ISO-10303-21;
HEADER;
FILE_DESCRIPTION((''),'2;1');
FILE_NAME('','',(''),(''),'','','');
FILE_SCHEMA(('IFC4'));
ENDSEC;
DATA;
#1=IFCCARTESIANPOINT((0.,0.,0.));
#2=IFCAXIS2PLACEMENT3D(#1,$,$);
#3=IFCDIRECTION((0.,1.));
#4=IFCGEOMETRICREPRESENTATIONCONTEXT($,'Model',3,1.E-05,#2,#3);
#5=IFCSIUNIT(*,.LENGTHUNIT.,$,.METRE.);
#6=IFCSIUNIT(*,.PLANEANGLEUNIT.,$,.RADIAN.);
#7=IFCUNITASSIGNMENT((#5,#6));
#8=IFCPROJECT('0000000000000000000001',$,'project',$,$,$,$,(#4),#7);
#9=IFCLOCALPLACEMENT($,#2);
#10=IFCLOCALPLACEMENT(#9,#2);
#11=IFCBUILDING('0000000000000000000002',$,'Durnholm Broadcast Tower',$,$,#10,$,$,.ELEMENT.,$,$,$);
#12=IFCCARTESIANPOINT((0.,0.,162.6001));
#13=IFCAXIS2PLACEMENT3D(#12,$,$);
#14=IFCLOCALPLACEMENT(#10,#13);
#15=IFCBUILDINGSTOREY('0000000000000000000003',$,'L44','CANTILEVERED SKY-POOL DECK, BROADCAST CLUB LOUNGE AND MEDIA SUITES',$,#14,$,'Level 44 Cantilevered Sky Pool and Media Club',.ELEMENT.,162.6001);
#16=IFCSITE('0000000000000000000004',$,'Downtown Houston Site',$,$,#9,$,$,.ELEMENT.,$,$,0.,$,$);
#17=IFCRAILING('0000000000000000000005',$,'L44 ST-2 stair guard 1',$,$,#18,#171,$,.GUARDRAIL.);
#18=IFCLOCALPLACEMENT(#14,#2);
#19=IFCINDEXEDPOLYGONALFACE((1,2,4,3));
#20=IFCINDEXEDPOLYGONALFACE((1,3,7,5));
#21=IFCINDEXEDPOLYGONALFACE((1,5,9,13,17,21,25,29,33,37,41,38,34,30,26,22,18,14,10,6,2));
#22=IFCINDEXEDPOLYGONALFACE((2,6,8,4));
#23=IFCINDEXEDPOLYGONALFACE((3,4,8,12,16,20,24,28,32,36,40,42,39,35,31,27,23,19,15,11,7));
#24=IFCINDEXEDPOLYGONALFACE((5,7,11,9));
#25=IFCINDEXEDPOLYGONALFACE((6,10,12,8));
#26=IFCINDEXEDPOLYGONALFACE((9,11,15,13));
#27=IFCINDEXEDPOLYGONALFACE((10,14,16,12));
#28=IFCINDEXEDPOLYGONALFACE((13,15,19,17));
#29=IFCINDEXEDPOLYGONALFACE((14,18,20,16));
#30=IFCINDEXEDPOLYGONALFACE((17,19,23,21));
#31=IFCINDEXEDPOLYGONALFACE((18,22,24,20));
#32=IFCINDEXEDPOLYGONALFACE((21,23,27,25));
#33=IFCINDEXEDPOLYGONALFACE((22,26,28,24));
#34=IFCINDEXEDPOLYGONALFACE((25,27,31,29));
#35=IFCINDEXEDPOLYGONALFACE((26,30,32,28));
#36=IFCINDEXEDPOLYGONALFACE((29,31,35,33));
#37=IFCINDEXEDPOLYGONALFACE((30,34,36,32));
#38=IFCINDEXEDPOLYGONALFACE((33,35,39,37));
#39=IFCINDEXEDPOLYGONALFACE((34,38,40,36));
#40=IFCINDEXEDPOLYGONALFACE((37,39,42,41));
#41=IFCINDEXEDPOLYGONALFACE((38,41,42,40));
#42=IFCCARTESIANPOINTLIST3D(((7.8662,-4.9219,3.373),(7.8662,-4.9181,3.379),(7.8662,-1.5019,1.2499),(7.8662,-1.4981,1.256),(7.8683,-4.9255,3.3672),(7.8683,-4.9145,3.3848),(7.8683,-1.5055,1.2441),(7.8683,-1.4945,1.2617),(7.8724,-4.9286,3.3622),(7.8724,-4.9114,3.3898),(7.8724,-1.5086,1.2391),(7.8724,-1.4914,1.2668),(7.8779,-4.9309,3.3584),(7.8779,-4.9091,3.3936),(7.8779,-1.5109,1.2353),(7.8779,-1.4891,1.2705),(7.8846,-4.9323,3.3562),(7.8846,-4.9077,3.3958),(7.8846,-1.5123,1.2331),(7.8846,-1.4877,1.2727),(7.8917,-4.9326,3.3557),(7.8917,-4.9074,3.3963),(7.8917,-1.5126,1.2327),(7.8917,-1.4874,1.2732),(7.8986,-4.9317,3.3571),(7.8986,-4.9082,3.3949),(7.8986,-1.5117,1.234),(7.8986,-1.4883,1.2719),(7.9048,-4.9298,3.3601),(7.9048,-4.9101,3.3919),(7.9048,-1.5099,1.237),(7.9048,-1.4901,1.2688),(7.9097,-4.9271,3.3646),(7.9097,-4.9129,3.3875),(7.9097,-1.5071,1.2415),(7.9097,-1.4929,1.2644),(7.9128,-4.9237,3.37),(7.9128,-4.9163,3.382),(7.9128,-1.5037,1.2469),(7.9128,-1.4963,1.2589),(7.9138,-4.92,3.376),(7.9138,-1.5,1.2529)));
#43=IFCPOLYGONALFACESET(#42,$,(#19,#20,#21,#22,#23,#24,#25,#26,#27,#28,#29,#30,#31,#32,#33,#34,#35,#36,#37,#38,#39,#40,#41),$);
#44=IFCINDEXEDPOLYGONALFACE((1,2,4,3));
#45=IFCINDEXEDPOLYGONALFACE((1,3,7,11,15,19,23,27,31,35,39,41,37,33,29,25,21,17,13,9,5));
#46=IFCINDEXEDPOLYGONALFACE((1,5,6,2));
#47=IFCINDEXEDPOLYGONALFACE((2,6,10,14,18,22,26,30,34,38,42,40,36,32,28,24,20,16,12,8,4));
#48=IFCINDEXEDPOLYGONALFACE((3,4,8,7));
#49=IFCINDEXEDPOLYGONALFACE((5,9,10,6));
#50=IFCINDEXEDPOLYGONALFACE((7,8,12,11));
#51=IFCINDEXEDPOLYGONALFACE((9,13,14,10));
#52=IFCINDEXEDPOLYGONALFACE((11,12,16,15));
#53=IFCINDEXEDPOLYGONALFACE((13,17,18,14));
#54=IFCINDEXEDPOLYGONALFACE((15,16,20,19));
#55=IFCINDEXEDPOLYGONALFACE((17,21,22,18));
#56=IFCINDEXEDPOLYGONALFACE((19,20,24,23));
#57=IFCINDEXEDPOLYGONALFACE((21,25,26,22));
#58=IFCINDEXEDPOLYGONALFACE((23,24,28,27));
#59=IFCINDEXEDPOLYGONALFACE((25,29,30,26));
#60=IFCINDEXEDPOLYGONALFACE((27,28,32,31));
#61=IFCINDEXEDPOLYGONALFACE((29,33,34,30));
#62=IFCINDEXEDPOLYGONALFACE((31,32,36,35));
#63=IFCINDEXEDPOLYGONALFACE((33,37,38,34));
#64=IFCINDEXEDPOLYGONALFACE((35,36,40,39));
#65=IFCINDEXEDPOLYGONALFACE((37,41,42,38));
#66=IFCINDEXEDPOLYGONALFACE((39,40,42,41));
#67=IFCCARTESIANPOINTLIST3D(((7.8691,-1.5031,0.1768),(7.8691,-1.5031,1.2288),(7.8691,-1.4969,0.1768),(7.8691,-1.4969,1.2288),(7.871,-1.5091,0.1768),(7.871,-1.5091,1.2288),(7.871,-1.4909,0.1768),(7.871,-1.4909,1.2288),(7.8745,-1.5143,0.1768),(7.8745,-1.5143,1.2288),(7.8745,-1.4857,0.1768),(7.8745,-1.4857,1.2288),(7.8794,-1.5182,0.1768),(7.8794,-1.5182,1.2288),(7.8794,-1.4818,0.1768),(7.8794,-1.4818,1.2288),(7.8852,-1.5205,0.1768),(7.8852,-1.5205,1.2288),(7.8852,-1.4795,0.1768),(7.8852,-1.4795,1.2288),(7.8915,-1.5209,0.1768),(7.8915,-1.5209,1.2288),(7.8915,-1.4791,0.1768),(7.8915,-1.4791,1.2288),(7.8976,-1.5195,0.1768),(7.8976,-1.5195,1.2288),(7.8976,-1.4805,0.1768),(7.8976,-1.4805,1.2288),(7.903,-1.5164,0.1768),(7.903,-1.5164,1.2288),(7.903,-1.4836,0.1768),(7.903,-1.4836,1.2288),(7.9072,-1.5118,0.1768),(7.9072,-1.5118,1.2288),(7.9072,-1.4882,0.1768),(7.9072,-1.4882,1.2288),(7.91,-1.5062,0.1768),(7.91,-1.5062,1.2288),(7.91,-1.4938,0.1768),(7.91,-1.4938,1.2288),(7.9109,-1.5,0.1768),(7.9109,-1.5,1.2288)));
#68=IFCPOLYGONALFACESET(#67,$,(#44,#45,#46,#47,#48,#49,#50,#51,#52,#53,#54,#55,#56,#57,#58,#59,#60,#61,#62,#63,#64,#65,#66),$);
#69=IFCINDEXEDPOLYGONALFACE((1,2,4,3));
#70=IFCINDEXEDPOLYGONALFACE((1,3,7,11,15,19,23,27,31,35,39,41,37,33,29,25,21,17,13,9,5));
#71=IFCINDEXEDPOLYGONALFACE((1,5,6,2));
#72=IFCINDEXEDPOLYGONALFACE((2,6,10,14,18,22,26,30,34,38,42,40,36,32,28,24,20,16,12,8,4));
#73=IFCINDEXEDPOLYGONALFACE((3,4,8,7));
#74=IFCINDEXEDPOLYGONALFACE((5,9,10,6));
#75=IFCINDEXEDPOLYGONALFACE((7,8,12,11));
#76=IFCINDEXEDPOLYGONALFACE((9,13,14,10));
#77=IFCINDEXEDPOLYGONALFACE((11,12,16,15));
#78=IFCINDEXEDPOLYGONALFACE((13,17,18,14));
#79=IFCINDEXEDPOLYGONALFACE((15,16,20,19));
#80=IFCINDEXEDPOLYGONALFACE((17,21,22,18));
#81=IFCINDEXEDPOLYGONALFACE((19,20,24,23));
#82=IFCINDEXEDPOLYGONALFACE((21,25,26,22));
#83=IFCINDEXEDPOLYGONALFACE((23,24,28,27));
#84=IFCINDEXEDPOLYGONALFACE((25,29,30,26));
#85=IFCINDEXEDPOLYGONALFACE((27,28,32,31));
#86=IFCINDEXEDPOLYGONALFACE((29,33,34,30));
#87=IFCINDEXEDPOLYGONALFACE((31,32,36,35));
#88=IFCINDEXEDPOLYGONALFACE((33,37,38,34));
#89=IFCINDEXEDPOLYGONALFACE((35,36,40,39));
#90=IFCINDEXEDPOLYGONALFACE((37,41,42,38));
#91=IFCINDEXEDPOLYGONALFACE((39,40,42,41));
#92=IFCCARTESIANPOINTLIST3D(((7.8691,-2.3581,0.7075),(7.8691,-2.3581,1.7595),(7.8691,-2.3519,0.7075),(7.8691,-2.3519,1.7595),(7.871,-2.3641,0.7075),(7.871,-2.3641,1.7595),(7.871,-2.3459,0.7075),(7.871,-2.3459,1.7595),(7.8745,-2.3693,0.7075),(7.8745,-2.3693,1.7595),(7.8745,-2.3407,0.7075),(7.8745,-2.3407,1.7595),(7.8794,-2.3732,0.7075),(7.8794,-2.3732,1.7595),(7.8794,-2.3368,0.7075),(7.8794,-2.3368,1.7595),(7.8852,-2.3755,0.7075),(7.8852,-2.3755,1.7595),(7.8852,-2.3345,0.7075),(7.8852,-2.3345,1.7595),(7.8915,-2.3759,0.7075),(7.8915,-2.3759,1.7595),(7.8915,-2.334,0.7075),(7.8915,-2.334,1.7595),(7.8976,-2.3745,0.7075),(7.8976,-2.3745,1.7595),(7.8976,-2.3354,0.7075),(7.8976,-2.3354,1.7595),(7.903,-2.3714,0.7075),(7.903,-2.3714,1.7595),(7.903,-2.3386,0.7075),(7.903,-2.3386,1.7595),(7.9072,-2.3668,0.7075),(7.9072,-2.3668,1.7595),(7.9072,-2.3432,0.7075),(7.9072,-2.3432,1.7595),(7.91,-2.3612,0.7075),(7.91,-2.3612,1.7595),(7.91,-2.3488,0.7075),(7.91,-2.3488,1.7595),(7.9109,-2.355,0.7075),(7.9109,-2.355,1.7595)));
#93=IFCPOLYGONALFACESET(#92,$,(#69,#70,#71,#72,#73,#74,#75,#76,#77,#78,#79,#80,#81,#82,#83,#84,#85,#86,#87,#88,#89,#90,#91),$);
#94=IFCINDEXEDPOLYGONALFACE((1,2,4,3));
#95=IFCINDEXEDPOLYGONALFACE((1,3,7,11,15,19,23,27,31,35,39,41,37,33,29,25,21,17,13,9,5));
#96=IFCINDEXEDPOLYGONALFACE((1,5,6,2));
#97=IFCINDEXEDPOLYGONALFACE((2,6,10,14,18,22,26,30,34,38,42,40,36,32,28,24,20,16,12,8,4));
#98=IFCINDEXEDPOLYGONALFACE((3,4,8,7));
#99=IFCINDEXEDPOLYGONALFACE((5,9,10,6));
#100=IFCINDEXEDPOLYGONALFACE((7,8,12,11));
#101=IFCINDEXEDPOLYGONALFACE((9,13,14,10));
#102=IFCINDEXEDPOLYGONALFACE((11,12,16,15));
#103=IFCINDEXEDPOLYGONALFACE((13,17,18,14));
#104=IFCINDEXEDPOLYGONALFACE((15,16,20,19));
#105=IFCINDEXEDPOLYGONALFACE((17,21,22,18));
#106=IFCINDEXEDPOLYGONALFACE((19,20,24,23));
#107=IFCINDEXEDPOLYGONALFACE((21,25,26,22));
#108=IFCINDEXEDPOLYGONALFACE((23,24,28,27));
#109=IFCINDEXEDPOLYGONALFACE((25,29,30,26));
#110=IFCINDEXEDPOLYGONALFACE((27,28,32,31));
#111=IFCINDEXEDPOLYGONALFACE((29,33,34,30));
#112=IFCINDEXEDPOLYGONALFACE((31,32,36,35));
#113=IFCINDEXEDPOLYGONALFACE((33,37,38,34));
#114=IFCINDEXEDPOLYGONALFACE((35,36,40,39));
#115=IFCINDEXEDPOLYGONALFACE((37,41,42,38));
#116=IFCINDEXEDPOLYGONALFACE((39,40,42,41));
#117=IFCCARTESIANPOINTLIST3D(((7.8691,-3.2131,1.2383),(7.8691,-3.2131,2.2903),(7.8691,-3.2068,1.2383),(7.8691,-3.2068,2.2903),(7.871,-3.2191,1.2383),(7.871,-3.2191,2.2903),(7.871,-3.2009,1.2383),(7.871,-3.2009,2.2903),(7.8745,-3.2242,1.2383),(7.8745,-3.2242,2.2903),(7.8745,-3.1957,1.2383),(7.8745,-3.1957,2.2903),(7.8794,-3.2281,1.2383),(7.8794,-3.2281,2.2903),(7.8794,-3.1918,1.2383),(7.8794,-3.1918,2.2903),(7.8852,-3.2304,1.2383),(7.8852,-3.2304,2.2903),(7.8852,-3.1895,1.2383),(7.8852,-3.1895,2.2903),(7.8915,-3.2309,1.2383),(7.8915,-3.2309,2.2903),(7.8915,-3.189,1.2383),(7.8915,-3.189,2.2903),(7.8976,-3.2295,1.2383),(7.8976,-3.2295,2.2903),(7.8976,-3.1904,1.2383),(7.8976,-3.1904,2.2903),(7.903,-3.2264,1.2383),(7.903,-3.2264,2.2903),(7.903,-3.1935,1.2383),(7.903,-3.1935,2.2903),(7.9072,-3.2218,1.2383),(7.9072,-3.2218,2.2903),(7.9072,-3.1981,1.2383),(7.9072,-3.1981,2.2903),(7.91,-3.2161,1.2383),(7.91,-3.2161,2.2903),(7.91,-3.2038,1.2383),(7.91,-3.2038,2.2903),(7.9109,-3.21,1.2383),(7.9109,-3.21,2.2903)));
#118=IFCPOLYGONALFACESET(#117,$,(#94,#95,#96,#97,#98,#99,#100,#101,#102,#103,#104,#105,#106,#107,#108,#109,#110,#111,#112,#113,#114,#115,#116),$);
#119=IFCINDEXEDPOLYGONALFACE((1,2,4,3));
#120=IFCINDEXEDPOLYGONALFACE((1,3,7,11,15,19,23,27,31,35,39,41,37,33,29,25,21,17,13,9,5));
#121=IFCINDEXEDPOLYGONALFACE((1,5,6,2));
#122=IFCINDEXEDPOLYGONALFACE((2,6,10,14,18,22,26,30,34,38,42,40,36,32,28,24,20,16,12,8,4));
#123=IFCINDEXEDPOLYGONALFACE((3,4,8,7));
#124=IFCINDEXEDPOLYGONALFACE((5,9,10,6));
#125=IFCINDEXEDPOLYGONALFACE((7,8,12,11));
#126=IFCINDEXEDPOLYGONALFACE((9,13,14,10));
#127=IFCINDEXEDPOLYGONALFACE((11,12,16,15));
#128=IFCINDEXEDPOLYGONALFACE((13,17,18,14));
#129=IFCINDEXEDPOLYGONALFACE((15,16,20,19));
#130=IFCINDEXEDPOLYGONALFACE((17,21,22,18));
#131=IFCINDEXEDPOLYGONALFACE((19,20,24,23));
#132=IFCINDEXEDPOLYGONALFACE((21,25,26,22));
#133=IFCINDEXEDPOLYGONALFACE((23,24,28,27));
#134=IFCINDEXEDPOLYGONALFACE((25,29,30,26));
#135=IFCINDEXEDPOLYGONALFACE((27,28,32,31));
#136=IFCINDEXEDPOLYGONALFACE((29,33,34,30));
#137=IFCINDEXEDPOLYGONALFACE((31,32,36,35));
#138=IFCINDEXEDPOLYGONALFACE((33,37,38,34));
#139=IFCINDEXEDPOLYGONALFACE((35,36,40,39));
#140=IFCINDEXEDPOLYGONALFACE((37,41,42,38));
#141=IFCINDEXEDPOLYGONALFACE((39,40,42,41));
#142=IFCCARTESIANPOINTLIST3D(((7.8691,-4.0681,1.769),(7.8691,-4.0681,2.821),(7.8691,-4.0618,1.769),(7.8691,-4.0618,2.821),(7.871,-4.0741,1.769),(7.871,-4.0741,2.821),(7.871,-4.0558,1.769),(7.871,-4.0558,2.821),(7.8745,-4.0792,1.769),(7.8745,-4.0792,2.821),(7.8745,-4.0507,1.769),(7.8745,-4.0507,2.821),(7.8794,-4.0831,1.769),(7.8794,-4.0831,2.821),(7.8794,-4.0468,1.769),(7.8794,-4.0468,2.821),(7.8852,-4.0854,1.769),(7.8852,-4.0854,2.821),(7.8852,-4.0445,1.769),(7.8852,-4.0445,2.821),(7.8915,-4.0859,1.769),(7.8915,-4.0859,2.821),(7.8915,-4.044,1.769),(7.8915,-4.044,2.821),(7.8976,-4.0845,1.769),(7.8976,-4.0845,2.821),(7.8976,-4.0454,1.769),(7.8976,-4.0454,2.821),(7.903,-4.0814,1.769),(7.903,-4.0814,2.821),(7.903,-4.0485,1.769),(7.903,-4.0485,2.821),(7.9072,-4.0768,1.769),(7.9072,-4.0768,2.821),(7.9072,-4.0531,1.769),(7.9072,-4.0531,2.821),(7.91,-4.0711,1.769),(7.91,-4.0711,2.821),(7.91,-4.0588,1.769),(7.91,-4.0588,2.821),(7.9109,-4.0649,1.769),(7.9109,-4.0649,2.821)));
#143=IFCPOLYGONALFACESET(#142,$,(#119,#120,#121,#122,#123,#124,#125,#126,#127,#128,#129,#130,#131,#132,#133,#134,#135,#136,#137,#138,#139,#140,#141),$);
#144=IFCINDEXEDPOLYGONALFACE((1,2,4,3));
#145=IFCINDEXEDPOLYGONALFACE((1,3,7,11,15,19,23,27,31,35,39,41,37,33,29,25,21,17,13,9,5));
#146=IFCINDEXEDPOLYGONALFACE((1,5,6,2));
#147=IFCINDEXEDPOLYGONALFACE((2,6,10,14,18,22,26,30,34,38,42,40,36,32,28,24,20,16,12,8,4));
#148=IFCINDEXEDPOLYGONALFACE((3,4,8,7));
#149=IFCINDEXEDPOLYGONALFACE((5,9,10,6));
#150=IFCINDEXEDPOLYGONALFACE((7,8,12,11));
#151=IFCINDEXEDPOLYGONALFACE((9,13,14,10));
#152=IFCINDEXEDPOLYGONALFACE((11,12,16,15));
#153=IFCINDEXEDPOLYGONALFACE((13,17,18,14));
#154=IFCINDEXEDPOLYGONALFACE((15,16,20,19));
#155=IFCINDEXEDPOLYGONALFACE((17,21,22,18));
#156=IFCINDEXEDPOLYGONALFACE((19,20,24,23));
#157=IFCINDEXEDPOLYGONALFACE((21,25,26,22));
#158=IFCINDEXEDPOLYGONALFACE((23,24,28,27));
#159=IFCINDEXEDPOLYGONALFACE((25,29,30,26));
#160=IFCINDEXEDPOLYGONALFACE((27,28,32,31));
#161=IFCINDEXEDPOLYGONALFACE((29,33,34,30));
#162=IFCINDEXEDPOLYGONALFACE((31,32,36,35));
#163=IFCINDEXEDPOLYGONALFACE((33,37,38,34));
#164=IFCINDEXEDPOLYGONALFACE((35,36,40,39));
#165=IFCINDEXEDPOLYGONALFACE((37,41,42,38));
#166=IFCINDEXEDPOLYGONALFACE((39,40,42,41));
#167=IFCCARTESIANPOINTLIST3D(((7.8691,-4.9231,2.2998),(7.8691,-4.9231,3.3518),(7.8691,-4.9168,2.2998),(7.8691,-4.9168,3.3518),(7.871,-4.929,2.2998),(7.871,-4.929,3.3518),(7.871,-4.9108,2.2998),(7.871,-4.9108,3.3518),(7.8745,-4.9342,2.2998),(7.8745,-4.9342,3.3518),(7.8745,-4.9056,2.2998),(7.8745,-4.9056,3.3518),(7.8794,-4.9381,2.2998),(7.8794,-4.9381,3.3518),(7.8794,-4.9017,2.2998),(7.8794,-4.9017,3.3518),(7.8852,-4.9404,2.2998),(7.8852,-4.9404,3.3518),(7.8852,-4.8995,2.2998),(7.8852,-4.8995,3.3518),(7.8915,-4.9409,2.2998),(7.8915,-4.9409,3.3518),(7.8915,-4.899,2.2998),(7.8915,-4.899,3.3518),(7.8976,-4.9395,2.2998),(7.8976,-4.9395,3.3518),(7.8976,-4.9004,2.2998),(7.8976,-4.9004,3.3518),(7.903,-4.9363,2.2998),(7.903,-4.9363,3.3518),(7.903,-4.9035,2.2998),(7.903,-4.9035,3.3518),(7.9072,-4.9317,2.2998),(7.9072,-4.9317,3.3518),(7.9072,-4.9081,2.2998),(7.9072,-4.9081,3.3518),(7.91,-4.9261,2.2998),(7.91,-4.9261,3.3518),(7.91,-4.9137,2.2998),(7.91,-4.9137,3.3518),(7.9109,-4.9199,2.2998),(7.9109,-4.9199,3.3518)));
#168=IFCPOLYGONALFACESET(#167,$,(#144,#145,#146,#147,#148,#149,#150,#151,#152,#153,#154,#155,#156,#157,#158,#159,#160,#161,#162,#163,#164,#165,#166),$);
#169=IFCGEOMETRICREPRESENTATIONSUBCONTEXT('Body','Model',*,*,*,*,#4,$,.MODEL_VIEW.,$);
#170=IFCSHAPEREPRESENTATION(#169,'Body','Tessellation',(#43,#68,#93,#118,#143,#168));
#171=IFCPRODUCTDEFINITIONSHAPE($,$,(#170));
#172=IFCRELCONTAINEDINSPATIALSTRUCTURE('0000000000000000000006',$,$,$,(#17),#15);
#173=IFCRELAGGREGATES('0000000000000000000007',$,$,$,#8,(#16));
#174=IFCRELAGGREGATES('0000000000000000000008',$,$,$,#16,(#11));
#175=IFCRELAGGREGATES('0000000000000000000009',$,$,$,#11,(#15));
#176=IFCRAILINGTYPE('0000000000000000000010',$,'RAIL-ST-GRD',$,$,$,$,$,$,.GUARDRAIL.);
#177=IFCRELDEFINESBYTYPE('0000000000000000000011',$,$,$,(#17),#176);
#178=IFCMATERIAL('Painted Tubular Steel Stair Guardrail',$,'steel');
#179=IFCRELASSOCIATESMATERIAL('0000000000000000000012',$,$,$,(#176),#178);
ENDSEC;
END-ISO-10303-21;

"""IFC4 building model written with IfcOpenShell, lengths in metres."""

from ifc_helpers import new_model, si_unit, direction, frame, origin, origin_2d, place, context, subcontext, project, spatial, circle, extrude, material, type_object, element, save


model = new_model("IFC4")

# Units and contexts
model_context = context("Model", 3, precision=1e-05, world=origin(), true_north=direction((0.0, 1.0)))
body_context = subcontext(model_context, "Body", "Model", "MODEL_VIEW")
ifc_project = project(units=[si_unit("LENGTHUNIT", "METRE"), si_unit("PLANEANGLEUNIT", "RADIAN")], contexts=[model_context])

# Site, building, storey
site_placement = place(None, origin())
site = spatial("IfcSite", under=ifc_project, at=site_placement, Name="Downtown Houston Site", CompositionType="ELEMENT", RefElevation=0.0)
building_placement = place(site_placement, origin())
building = spatial("IfcBuilding", under=site, at=building_placement, Name="Durnholm Broadcast Tower", CompositionType="ELEMENT")
storey_placement = place(building_placement, frame((0.0, 0.0, 162.6001)))
storey = spatial("IfcBuildingStorey", under=building, at=storey_placement, Name="L44", Description="CANTILEVERED SKY-POOL DECK, BROADCAST CLUB LOUNGE AND MEDIA SUITES", LongName="Level 44 Cantilevered Sky Pool and Media Club", CompositionType="ELEMENT", Elevation=162.6001)

# Railing
ifc_material_1 = material(Name="Painted Tubular Steel Stair Guardrail", Category="steel")
railing_type_1 = type_object("IfcRailingType", Name="RAIL-ST-GRD", PredefinedType="GUARDRAIL", material=ifc_material_1)
railing_1_placement = place(storey_placement, frame((7.8899, -1.5, 0.1768)))
element("IfcRailing", 1, at=railing_1_placement, inside=storey, type_object=railing_type_1, Name="L44 ST-2 stair guard 1", PredefinedType="GUARDRAIL", context=body_context, shape_type="SweptSolid", body=[
    extrude(circle(Radius=0.0239, at=origin_2d()), frame((0.0, 0.0, 1.0762), z_axis=(0.0, -0.849603, 0.527423), x_axis=(1.0, 0.0, 0.0)), (0.0, 0.0, 1.0), 4.0254),
    extrude(circle(Radius=0.021, at=origin_2d()), origin(), (0.0, 0.0, 1.0), 1.052),
    extrude(circle(Radius=0.021, at=origin_2d()), frame((0.0, -0.855, 0.5308)), (0.0, 0.0, 1.0), 1.052),
    extrude(circle(Radius=0.021, at=origin_2d()), frame((0.0, -1.71, 1.0615)), (0.0, 0.0, 1.0), 1.052),
    extrude(circle(Radius=0.021, at=origin_2d()), frame((0.0, -2.5649, 1.5923)), (0.0, 0.0, 1.0), 1.052),
    extrude(circle(Radius=0.021, at=origin_2d()), frame((0.0, -3.4199, 2.123)), (0.0, 0.0, 1.0), 1.052),
])

save(model, "model.ifc")
